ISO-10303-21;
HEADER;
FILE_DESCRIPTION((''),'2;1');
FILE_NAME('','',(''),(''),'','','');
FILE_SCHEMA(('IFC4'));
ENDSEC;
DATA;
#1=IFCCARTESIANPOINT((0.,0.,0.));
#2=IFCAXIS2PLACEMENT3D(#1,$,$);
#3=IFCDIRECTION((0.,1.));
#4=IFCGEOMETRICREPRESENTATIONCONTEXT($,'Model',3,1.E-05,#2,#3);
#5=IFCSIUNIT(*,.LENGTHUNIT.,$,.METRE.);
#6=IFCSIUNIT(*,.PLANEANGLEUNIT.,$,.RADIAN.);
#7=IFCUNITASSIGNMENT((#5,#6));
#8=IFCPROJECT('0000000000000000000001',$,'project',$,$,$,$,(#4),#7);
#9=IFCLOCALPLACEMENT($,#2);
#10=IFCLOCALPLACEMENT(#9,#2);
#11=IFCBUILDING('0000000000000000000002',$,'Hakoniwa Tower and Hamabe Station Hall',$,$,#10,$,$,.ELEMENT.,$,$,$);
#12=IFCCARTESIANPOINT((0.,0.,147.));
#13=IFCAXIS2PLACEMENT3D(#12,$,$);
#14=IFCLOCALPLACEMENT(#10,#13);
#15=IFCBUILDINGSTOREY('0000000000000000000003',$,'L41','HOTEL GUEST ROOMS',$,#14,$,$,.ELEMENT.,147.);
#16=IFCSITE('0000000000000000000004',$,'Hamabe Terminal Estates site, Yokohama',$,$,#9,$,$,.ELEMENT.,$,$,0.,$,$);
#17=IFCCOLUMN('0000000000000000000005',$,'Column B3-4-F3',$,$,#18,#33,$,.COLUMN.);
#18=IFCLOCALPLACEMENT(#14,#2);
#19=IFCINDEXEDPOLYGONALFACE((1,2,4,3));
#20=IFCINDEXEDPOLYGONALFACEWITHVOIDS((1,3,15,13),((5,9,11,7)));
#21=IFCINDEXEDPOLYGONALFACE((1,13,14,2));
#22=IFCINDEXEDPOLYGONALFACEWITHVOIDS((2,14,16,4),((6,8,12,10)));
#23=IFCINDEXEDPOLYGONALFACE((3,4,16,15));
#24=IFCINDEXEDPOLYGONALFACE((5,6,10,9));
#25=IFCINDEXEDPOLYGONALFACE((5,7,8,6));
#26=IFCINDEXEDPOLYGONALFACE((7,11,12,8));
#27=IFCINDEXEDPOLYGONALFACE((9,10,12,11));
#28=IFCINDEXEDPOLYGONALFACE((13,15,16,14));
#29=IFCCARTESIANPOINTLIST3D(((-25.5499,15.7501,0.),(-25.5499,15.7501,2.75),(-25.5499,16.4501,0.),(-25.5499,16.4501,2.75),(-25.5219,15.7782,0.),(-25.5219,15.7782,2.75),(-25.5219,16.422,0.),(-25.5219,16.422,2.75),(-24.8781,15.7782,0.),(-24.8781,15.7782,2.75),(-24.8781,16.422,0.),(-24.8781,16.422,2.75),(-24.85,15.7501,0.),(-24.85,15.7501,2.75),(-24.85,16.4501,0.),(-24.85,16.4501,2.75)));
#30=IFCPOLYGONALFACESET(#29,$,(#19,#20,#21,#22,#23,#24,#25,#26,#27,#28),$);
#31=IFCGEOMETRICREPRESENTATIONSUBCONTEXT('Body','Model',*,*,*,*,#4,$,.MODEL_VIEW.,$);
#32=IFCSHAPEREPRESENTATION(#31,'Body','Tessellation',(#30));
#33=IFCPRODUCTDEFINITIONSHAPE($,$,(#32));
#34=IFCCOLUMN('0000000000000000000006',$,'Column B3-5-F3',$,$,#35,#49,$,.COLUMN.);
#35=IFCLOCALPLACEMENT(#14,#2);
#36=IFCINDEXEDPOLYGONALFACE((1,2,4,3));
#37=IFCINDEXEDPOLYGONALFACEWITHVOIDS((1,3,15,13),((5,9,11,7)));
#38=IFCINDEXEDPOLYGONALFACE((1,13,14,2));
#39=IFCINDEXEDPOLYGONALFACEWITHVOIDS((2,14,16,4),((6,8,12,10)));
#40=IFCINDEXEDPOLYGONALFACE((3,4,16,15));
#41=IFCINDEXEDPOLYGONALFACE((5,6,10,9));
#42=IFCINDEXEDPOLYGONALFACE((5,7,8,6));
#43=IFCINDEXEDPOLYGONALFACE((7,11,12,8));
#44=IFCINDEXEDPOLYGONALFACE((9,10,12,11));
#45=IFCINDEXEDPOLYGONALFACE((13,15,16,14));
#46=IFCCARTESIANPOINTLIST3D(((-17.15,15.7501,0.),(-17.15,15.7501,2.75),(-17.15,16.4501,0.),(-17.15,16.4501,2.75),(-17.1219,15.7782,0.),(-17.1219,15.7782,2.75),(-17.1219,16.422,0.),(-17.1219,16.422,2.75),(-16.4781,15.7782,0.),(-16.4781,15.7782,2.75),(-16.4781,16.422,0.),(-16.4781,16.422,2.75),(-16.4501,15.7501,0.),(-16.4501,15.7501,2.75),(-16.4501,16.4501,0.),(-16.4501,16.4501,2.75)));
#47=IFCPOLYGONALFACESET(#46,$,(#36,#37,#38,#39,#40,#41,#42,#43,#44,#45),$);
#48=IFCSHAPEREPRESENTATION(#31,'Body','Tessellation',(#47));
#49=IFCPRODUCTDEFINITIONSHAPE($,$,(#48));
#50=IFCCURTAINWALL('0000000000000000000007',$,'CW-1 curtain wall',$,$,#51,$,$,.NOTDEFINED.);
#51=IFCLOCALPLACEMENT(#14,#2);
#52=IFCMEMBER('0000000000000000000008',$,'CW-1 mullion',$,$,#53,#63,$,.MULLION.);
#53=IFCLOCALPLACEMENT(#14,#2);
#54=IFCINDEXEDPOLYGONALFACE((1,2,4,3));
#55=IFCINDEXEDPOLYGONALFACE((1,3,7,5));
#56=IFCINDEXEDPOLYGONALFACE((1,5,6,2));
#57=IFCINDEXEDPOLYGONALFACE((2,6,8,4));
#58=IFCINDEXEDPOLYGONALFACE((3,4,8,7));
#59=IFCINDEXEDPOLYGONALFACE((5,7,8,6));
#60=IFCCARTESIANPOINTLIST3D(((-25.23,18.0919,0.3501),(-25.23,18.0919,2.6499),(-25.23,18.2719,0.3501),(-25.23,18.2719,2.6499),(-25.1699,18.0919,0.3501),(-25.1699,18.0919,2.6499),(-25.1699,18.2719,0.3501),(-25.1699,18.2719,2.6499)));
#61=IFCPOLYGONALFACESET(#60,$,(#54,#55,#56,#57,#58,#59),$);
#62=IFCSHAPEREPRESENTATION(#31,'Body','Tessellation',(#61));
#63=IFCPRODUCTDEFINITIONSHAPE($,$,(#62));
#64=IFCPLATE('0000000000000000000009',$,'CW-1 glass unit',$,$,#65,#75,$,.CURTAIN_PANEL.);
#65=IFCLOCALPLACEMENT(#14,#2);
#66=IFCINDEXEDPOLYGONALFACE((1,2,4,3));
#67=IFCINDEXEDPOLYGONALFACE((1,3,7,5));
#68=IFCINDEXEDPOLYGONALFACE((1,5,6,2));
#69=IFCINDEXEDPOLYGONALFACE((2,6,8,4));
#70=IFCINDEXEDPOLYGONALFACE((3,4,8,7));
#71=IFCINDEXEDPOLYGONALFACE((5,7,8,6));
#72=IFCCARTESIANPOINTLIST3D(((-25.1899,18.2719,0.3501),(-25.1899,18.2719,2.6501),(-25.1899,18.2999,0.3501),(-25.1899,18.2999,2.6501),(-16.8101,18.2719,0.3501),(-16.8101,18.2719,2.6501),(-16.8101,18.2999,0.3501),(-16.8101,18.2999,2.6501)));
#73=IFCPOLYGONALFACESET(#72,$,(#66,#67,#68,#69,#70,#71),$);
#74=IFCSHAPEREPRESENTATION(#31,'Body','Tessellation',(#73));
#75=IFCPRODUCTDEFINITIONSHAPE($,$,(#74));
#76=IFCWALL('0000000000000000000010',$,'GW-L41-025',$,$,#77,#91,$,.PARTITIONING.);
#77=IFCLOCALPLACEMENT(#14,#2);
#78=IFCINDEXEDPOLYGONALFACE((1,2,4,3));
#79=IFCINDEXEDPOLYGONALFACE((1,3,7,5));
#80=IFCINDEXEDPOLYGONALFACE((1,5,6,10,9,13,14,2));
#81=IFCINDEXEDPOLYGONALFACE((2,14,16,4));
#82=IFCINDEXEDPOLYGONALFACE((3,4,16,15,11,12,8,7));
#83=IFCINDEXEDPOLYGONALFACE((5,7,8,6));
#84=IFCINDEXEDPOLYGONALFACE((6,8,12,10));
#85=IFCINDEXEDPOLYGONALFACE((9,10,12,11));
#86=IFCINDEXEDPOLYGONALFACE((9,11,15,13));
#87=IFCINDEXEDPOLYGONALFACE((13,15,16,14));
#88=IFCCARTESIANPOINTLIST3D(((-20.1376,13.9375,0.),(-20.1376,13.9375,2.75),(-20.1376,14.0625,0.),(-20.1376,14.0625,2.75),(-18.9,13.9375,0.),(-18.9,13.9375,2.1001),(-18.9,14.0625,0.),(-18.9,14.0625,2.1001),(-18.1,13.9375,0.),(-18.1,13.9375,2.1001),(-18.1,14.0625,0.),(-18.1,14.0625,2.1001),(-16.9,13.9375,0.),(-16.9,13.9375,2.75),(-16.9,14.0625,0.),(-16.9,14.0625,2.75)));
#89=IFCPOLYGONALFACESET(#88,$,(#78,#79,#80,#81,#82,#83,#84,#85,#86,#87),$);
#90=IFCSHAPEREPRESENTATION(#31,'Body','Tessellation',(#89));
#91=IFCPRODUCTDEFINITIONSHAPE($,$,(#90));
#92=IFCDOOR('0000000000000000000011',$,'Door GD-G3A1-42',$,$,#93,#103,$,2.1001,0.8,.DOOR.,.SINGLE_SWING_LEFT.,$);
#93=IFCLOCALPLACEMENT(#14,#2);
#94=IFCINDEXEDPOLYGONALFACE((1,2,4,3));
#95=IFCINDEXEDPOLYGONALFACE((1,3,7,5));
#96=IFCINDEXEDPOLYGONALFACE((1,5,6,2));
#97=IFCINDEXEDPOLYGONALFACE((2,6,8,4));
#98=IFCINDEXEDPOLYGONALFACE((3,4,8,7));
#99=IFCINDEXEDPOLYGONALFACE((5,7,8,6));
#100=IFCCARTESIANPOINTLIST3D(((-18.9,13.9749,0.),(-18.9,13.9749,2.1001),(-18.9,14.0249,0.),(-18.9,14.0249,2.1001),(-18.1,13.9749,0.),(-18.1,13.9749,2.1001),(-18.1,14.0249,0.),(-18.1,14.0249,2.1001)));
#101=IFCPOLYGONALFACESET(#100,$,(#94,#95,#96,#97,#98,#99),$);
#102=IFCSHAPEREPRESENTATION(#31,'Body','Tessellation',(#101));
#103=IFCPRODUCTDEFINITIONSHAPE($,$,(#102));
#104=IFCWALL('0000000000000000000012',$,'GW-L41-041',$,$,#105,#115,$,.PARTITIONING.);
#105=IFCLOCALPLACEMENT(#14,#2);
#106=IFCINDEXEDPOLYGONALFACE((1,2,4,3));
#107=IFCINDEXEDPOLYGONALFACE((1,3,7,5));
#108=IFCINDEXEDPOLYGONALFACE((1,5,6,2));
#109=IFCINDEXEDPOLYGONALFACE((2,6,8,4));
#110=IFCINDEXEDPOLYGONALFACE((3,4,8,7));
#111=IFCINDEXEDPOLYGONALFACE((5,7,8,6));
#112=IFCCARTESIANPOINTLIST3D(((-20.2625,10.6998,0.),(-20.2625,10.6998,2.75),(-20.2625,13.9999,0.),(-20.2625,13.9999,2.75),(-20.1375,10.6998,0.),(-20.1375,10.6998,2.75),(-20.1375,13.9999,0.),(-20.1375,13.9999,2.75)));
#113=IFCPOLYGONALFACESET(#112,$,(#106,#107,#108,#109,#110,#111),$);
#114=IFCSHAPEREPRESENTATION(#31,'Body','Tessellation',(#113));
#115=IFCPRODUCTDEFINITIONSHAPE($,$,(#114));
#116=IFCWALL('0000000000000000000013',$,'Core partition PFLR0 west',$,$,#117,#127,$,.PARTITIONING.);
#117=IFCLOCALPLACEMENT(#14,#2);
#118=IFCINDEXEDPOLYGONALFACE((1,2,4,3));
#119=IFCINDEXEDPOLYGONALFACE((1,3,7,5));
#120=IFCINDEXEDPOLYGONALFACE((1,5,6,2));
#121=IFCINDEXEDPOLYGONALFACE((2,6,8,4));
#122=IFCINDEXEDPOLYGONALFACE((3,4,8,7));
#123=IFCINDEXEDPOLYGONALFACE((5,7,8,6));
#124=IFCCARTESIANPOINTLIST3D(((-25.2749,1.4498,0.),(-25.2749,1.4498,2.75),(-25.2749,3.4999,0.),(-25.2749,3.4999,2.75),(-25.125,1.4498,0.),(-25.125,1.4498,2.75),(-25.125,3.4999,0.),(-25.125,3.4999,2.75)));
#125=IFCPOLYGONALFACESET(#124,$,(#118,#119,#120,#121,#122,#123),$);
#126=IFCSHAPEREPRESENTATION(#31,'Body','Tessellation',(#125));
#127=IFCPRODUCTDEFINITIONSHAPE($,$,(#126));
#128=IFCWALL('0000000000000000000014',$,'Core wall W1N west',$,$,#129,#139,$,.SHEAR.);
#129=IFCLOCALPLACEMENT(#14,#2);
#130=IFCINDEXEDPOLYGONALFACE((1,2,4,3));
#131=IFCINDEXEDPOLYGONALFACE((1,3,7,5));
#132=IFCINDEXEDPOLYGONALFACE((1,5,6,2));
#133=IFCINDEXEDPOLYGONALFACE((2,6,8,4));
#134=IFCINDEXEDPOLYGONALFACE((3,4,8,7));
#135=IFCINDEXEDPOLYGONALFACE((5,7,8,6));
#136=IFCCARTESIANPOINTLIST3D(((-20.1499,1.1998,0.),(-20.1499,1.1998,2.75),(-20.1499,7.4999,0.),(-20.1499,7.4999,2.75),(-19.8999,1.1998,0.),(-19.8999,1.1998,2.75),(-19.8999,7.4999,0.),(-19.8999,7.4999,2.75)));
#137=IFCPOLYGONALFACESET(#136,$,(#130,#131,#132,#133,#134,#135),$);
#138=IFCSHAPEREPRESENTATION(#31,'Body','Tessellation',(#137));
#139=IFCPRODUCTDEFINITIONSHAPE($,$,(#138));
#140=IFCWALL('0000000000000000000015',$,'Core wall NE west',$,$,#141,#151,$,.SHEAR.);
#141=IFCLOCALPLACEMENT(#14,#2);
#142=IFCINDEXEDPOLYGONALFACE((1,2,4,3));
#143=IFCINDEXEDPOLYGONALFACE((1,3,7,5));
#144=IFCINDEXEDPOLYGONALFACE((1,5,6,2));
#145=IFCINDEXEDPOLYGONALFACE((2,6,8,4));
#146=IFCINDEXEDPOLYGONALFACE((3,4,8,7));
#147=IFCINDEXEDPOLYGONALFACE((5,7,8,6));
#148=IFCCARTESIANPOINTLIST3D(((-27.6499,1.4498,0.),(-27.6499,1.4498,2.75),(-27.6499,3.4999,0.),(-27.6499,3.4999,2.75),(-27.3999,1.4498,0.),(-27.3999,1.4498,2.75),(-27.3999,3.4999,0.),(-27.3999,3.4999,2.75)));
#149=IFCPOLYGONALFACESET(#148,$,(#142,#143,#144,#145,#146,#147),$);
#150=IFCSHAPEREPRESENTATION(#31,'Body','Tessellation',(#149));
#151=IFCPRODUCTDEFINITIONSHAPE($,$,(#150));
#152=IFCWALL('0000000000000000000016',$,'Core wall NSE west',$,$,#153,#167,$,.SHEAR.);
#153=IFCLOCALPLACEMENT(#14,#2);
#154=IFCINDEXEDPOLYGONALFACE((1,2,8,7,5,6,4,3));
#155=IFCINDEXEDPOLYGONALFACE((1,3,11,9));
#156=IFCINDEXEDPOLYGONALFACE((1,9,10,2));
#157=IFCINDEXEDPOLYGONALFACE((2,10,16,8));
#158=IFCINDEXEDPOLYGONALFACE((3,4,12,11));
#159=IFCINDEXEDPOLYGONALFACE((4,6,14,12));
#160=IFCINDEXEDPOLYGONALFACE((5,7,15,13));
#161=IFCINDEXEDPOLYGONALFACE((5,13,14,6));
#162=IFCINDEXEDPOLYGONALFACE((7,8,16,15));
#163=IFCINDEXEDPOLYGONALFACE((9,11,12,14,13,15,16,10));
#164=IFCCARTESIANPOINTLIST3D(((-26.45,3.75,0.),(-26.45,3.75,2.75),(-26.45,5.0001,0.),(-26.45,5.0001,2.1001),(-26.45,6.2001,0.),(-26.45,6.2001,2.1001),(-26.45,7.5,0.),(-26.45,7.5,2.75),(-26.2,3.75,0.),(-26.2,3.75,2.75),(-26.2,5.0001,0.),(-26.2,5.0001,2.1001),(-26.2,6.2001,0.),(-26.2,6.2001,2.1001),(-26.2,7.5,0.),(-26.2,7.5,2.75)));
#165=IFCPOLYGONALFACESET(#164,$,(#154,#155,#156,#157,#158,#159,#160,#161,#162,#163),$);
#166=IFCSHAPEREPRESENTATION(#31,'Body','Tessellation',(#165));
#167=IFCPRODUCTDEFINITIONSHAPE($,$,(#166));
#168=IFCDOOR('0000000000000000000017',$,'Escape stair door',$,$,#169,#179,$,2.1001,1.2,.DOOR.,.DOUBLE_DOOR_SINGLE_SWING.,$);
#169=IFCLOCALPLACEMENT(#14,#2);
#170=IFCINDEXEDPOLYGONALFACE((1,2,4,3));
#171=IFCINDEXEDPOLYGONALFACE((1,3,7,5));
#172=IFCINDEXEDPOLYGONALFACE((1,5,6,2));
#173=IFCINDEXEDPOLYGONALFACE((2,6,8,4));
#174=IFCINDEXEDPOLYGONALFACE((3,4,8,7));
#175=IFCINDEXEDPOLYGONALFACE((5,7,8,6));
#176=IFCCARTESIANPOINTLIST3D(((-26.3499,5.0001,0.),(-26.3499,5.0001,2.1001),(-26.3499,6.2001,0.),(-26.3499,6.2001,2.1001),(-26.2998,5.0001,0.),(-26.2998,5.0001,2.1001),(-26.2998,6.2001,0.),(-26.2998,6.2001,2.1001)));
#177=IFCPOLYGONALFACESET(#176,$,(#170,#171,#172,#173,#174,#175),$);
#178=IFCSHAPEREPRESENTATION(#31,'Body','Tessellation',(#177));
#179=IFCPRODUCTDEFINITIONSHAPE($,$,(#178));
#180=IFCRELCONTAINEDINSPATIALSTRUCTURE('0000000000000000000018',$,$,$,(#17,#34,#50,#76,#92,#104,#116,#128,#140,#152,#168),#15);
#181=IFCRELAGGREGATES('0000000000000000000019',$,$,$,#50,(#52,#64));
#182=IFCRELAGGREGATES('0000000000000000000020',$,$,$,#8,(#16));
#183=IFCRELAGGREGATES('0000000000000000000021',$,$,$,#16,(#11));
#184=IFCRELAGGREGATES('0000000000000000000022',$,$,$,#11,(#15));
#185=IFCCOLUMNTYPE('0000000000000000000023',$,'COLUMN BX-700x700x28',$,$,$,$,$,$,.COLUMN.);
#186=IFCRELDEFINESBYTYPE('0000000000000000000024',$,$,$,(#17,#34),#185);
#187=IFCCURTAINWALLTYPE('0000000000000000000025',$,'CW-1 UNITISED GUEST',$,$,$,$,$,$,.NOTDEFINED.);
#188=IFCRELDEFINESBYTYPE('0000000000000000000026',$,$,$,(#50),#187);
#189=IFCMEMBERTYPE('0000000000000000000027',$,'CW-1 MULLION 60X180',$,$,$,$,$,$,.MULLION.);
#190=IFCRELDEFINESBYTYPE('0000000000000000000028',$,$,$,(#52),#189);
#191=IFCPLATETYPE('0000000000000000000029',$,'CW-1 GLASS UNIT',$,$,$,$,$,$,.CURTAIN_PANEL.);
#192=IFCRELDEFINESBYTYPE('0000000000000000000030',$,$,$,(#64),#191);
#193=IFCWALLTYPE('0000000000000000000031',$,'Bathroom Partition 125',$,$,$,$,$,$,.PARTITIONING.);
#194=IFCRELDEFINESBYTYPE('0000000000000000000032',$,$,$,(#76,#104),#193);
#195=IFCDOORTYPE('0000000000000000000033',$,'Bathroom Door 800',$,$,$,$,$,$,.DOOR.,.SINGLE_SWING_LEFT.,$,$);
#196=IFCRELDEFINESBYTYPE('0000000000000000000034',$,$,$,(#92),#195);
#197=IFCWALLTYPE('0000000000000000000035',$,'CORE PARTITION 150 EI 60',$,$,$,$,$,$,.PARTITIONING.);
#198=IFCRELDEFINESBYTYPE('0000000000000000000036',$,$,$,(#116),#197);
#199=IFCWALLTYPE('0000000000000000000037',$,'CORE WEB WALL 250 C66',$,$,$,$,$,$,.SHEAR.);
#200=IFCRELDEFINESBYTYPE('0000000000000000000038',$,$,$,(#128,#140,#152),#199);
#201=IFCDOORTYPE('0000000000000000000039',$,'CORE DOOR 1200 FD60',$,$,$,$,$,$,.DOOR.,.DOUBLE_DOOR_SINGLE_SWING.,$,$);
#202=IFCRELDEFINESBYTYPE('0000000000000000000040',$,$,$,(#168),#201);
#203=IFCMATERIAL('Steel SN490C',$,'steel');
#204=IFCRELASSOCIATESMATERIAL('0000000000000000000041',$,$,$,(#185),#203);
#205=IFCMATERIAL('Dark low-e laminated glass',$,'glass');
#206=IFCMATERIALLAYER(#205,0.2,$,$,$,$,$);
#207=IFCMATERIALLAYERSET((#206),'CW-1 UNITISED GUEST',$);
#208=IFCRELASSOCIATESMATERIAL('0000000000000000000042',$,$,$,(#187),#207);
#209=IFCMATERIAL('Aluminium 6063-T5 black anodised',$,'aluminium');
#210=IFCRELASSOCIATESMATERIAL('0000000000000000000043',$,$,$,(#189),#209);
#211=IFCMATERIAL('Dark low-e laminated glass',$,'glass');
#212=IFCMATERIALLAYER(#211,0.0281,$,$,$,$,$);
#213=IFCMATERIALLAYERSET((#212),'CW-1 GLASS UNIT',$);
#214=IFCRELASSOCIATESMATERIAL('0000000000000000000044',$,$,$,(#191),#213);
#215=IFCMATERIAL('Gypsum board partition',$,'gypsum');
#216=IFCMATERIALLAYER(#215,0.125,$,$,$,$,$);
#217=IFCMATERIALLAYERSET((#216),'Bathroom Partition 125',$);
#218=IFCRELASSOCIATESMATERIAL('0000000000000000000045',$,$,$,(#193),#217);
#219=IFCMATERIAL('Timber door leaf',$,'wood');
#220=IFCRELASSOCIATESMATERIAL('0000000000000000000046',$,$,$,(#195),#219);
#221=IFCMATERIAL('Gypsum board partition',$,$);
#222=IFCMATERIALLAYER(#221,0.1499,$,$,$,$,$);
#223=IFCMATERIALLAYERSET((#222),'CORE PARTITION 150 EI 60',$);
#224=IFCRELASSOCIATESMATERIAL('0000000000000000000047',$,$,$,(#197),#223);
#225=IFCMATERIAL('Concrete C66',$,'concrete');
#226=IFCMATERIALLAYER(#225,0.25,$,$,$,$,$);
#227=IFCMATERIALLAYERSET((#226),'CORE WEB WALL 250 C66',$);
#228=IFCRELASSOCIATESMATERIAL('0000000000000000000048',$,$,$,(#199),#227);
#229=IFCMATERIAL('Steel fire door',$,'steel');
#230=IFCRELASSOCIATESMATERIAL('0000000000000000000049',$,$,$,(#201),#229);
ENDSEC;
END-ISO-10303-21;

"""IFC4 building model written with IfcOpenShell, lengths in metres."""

from ifc_helpers import new_model, si_unit, direction, frame, frame_2d, origin, origin_2d, place, context, subcontext, project, spatial, rectangle, hollow_rectangle, extrude, material, layer, layer_set, material_profile, profile_set, type_object, element, fill, aggregate, save


model = new_model("IFC4")

# Units and contexts
model_context = context("Model", 3, precision=1e-05, world=origin(), true_north=direction((0.0, 1.0)))
body_context = subcontext(model_context, "Body", "Model", "MODEL_VIEW")
ifc_project = project(units=[si_unit("LENGTHUNIT", "METRE"), si_unit("PLANEANGLEUNIT", "RADIAN")], contexts=[model_context])

# Site, building, storey
site_placement = place(None, origin())
site = spatial("IfcSite", under=ifc_project, at=site_placement, Name="Hamabe Terminal Estates site, Yokohama", CompositionType="ELEMENT", RefElevation=0.0)
building_placement = place(site_placement, origin())
building = spatial("IfcBuilding", under=site, at=building_placement, Name="Hakoniwa Tower and Hamabe Station Hall", CompositionType="ELEMENT")
storey_placement = place(building_placement, frame((0.0, 0.0, 147.0)))
storey = spatial("IfcBuildingStorey", under=building, at=storey_placement, Name="L41", Description="HOTEL GUEST ROOMS", CompositionType="ELEMENT", Elevation=147.0)

# Columns
ifc_material_1 = material(Name="Steel SN490C", Category="steel")
ifc_material_profile_1 = material_profile(ifc_material_1, hollow_rectangle(XDim=0.7, YDim=0.7, WallThickness=0.0281, at=origin_2d()), Name="BX-700x700x28")
ifc_profile_set_1 = profile_set([ifc_material_profile_1], Name="Steel SN490C")
column_type = type_object("IfcColumnType", Name="COLUMN BX-700x700x28", PredefinedType="COLUMN", material=ifc_profile_set_1)
for number, where, z_axis, x_axis, name in (
    (1, (-25.2, 16.1001, 0.0), (0.0, 0.0, 1.0), (1.0, 0.0, 0.0), "Column B3-4-F3"),
    (2, (-16.8, 16.1001, 0.0), (0.0, 0.0, 1.0), (1.0, 0.0, 0.0), "Column B3-5-F3"),
):
    element("IfcColumn", number, at=place(storey_placement, frame(where, z_axis=z_axis, x_axis=x_axis)), inside=storey, type_object=column_type, Name=name, PredefinedType="COLUMN", context=body_context, shape_type="SweptSolid", body=[
        extrude(hollow_rectangle(XDim=0.7, YDim=0.7, WallThickness=0.0281, at=origin_2d()), origin(), (0.0, 0.0, 1.0), 2.75),
    ])

# Curtain wall, member, plate
ifc_material_2 = material(Name="Dark low-e laminated glass", Category="glass")
ifc_layer_1 = layer(ifc_material_2, 0.2)
ifc_layer_set_1 = layer_set([ifc_layer_1], Name="CW-1 UNITISED GUEST")
curtain_wall_type = type_object("IfcCurtainWallType", Name="CW-1 UNITISED GUEST", PredefinedType="NOTDEFINED", material=ifc_layer_set_1)
curtain_wall_placement = place(storey_placement, origin())
curtain_wall = element("IfcCurtainWall", 3, at=curtain_wall_placement, inside=storey, type_object=curtain_wall_type, Name="CW-1 curtain wall", PredefinedType="NOTDEFINED")
ifc_material_3 = material(Name="Aluminium 6063-T5 black anodised", Category="aluminium")
ifc_material_profile_2 = material_profile(ifc_material_3, rectangle(XDim=0.0601, YDim=0.1799, at=origin_2d()), Name="CW-1 MULLION 60X180")
ifc_profile_set_2 = profile_set([ifc_material_profile_2], Name="Aluminium 6063-T5 black anodised")
member_type = type_object("IfcMemberType", Name="CW-1 MULLION 60X180", PredefinedType="MULLION", material=ifc_profile_set_2)
member_placement = place(storey_placement, frame((-25.2, 18.1819, 0.3501), z_axis=(0.0, 0.0, 1.0), x_axis=(-1.0, 0.0, 0.0)))
member = element("IfcMember", 4, at=member_placement, type_object=member_type, Name="CW-1 mullion", PredefinedType="MULLION", context=body_context, shape_type="SweptSolid", body=[
    extrude(rectangle(XDim=0.0601, YDim=0.1799, at=origin_2d()), origin(), (0.0, 0.0, 1.0), 2.2998),
])
ifc_material_4 = material(Name="Dark low-e laminated glass", Category="glass")
ifc_layer_2 = layer(ifc_material_4, 0.0281)
ifc_layer_set_2 = layer_set([ifc_layer_2], Name="CW-1 GLASS UNIT")
plate_type = type_object("IfcPlateType", Name="CW-1 GLASS UNIT", PredefinedType="CURTAIN_PANEL", material=ifc_layer_set_2)
plate_placement = place(storey_placement, frame((-21.0, 18.2859, 0.3501), z_axis=(0.0, 0.0, 1.0), x_axis=(-1.0, 0.0, 0.0)))
plate = element("IfcPlate", 5, at=plate_placement, type_object=plate_type, Name="CW-1 glass unit", PredefinedType="CURTAIN_PANEL", context=body_context, shape_type="SweptSolid", body=[
    extrude(rectangle(XDim=8.3799, YDim=0.0281, at=origin_2d()), origin(), (0.0, 0.0, 1.0), 2.3),
])
aggregate(curtain_wall, [member, plate])

# Wall, opening, door
ifc_material_5 = material(Name="Gypsum board partition", Category="gypsum")
ifc_layer_3 = layer(ifc_material_5, 0.125)
ifc_layer_set_3 = layer_set([ifc_layer_3], Name="Bathroom Partition 125")
wall_type_1 = type_object("IfcWallType", Name="Bathroom Partition 125", PredefinedType="PARTITIONING", material=ifc_layer_set_3)
wall_1_placement = place(storey_placement, frame((-20.1375, 14.0, 0.0), z_axis=(0.0, 0.0, 1.0), x_axis=(1.0, 0.0, 0.0)))
wall_1 = element("IfcWall", 6, at=wall_1_placement, inside=storey, type_object=wall_type_1, Name="GW-L41-025", PredefinedType="PARTITIONING", context=body_context, shape_type="SweptSolid", body=[
    extrude(rectangle(XDim=3.2375, YDim=0.125, at=frame_2d((1.6187, 0.0))), origin(), (0.0, 0.0, 1.0), 2.75),
])
opening_1_placement = place(wall_1_placement, frame((1.2375, 0.0, 0.0)))
opening_1 = element("IfcOpeningElement", 7, at=opening_1_placement, cuts=wall_1, PredefinedType="OPENING", context=body_context, shape_type="SweptSolid", body=[
    extrude(rectangle(XDim=0.8, YDim=2.1001, at=frame_2d((0.3999, 1.05))), frame((0.0, 0.0725, 0.0), z_axis=(0.0, -1.0, 0.0), x_axis=(1.0, 0.0, 0.0)), (0.0, 0.0, 1.0), 0.145),
])
ifc_material_6 = material(Name="Timber door leaf", Category="wood")
door_type_1 = type_object("IfcDoorType", Name="Bathroom Door 800", OperationType="SINGLE_SWING_LEFT", PredefinedType="DOOR", material=ifc_material_6)
door_1_placement = place(opening_1_placement, origin())
door_1 = element("IfcDoor", 8, at=door_1_placement, inside=storey, type_object=door_type_1, Name="Door GD-G3A1-42", OperationType="SINGLE_SWING_LEFT", OverallHeight=2.1001, OverallWidth=0.8, PredefinedType="DOOR", context=body_context, shape_type="SweptSolid", body=[
    extrude(rectangle(XDim=0.8, YDim=2.1001, at=frame_2d((0.3999, 1.05))), frame((0.0, 0.0249, 0.0), z_axis=(0.0, -1.0, 0.0), x_axis=(1.0, 0.0, 0.0)), (0.0, 0.0, 1.0), 0.05),
])
fill(opening_1, door_1)

# Walls
wall_2_placement = place(storey_placement, frame((-20.2, 10.7, 0.0), z_axis=(0.0, 0.0, 1.0), x_axis=(0.0, 1.0, 0.0)))
element("IfcWall", 9, at=wall_2_placement, inside=storey, type_object=wall_type_1, Name="GW-L41-041", PredefinedType="PARTITIONING", context=body_context, shape_type="SweptSolid", body=[
    extrude(rectangle(XDim=3.3, YDim=0.125, at=frame_2d((1.6499, 0.0))), origin(), (0.0, 0.0, 1.0), 2.75),
])
ifc_material_7 = material(Name="Gypsum board partition")
ifc_layer_4 = layer(ifc_material_7, 0.1499)
ifc_layer_set_4 = layer_set([ifc_layer_4], Name="CORE PARTITION 150 EI 60")
wall_type_2 = type_object("IfcWallType", Name="CORE PARTITION 150 EI 60", PredefinedType="PARTITIONING", material=ifc_layer_set_4)
wall_3_placement = place(storey_placement, frame((-25.2, 1.45, 0.0), z_axis=(0.0, 0.0, 1.0), x_axis=(0.0, 1.0, 0.0)))
element("IfcWall", 10, at=wall_3_placement, inside=storey, type_object=wall_type_2, Name="Core partition PFLR0 west", PredefinedType="PARTITIONING", context=body_context, shape_type="SweptSolid", body=[
    extrude(rectangle(XDim=2.05, YDim=0.1499, at=frame_2d((1.0249, 0.0))), origin(), (0.0, 0.0, 1.0), 2.75),
])
ifc_material_8 = material(Name="Concrete C66", Category="concrete")
ifc_layer_5 = layer(ifc_material_8, 0.25)
ifc_layer_set_5 = layer_set([ifc_layer_5], Name="CORE WEB WALL 250 C66")
wall_type_3 = type_object("IfcWallType", Name="CORE WEB WALL 250 C66", PredefinedType="SHEAR", material=ifc_layer_set_5)
wall_4_placement = place(storey_placement, frame((-20.0249, 1.2, 0.0), z_axis=(0.0, 0.0, 1.0), x_axis=(0.0, 1.0, 0.0)))
element("IfcWall", 11, at=wall_4_placement, inside=storey, type_object=wall_type_3, Name="Core wall W1N west", PredefinedType="SHEAR", context=body_context, shape_type="SweptSolid", body=[
    extrude(rectangle(XDim=6.3, YDim=0.25, at=frame_2d((3.1499, 0.0))), origin(), (0.0, 0.0, 1.0), 2.75),
])
wall_5_placement = place(storey_placement, frame((-27.5249, 1.45, 0.0), z_axis=(0.0, 0.0, 1.0), x_axis=(0.0, 1.0, 0.0)))
element("IfcWall", 12, at=wall_5_placement, inside=storey, type_object=wall_type_3, Name="Core wall NE west", PredefinedType="SHEAR", context=body_context, shape_type="SweptSolid", body=[
    extrude(rectangle(XDim=2.05, YDim=0.25, at=frame_2d((1.0249, 0.0))), origin(), (0.0, 0.0, 1.0), 2.75),
])

# Wall, opening, door
wall_6_placement = place(storey_placement, frame((-26.325, 3.75, 0.0), z_axis=(0.0, 0.0, 1.0), x_axis=(0.0, 1.0, 0.0)))
wall_6 = element("IfcWall", 13, at=wall_6_placement, inside=storey, type_object=wall_type_3, Name="Core wall NSE west", PredefinedType="SHEAR", context=body_context, shape_type="SweptSolid", body=[
    extrude(rectangle(XDim=3.75, YDim=0.25, at=frame_2d((1.875, 0.0))), origin(), (0.0, 0.0, 1.0), 2.75),
])
opening_2_placement = place(wall_6_placement, frame((1.25, 0.0, 0.0)))
opening_2 = element("IfcOpeningElement", 14, at=opening_2_placement, cuts=wall_6, PredefinedType="OPENING", context=body_context, shape_type="SweptSolid", body=[
    extrude(rectangle(XDim=1.2, YDim=2.1001, at=frame_2d((0.6001, 1.05))), frame((0.0, 0.135, 0.0), z_axis=(0.0, -1.0, 0.0), x_axis=(1.0, 0.0, 0.0)), (0.0, 0.0, 1.0), 0.27),
])
ifc_material_9 = material(Name="Steel fire door", Category="steel")
door_type_2 = type_object("IfcDoorType", Name="CORE DOOR 1200 FD60", OperationType="DOUBLE_DOOR_SINGLE_SWING", PredefinedType="DOOR", material=ifc_material_9)
door_2_placement = place(opening_2_placement, origin())
door_2 = element("IfcDoor", 15, at=door_2_placement, inside=storey, type_object=door_type_2, Name="Escape stair door", OperationType="DOUBLE_DOOR_SINGLE_SWING", OverallHeight=2.1001, OverallWidth=1.2, PredefinedType="DOOR", context=body_context, shape_type="SweptSolid", body=[
    extrude(rectangle(XDim=1.2, YDim=2.1001, at=frame_2d((0.6001, 1.05))), frame((0.0, 0.0249, 0.0), z_axis=(0.0, -1.0, 0.0), x_axis=(1.0, 0.0, 0.0)), (0.0, 0.0, 1.0), 0.05),
])
fill(opening_2, door_2)

save(model, "model.ifc")
